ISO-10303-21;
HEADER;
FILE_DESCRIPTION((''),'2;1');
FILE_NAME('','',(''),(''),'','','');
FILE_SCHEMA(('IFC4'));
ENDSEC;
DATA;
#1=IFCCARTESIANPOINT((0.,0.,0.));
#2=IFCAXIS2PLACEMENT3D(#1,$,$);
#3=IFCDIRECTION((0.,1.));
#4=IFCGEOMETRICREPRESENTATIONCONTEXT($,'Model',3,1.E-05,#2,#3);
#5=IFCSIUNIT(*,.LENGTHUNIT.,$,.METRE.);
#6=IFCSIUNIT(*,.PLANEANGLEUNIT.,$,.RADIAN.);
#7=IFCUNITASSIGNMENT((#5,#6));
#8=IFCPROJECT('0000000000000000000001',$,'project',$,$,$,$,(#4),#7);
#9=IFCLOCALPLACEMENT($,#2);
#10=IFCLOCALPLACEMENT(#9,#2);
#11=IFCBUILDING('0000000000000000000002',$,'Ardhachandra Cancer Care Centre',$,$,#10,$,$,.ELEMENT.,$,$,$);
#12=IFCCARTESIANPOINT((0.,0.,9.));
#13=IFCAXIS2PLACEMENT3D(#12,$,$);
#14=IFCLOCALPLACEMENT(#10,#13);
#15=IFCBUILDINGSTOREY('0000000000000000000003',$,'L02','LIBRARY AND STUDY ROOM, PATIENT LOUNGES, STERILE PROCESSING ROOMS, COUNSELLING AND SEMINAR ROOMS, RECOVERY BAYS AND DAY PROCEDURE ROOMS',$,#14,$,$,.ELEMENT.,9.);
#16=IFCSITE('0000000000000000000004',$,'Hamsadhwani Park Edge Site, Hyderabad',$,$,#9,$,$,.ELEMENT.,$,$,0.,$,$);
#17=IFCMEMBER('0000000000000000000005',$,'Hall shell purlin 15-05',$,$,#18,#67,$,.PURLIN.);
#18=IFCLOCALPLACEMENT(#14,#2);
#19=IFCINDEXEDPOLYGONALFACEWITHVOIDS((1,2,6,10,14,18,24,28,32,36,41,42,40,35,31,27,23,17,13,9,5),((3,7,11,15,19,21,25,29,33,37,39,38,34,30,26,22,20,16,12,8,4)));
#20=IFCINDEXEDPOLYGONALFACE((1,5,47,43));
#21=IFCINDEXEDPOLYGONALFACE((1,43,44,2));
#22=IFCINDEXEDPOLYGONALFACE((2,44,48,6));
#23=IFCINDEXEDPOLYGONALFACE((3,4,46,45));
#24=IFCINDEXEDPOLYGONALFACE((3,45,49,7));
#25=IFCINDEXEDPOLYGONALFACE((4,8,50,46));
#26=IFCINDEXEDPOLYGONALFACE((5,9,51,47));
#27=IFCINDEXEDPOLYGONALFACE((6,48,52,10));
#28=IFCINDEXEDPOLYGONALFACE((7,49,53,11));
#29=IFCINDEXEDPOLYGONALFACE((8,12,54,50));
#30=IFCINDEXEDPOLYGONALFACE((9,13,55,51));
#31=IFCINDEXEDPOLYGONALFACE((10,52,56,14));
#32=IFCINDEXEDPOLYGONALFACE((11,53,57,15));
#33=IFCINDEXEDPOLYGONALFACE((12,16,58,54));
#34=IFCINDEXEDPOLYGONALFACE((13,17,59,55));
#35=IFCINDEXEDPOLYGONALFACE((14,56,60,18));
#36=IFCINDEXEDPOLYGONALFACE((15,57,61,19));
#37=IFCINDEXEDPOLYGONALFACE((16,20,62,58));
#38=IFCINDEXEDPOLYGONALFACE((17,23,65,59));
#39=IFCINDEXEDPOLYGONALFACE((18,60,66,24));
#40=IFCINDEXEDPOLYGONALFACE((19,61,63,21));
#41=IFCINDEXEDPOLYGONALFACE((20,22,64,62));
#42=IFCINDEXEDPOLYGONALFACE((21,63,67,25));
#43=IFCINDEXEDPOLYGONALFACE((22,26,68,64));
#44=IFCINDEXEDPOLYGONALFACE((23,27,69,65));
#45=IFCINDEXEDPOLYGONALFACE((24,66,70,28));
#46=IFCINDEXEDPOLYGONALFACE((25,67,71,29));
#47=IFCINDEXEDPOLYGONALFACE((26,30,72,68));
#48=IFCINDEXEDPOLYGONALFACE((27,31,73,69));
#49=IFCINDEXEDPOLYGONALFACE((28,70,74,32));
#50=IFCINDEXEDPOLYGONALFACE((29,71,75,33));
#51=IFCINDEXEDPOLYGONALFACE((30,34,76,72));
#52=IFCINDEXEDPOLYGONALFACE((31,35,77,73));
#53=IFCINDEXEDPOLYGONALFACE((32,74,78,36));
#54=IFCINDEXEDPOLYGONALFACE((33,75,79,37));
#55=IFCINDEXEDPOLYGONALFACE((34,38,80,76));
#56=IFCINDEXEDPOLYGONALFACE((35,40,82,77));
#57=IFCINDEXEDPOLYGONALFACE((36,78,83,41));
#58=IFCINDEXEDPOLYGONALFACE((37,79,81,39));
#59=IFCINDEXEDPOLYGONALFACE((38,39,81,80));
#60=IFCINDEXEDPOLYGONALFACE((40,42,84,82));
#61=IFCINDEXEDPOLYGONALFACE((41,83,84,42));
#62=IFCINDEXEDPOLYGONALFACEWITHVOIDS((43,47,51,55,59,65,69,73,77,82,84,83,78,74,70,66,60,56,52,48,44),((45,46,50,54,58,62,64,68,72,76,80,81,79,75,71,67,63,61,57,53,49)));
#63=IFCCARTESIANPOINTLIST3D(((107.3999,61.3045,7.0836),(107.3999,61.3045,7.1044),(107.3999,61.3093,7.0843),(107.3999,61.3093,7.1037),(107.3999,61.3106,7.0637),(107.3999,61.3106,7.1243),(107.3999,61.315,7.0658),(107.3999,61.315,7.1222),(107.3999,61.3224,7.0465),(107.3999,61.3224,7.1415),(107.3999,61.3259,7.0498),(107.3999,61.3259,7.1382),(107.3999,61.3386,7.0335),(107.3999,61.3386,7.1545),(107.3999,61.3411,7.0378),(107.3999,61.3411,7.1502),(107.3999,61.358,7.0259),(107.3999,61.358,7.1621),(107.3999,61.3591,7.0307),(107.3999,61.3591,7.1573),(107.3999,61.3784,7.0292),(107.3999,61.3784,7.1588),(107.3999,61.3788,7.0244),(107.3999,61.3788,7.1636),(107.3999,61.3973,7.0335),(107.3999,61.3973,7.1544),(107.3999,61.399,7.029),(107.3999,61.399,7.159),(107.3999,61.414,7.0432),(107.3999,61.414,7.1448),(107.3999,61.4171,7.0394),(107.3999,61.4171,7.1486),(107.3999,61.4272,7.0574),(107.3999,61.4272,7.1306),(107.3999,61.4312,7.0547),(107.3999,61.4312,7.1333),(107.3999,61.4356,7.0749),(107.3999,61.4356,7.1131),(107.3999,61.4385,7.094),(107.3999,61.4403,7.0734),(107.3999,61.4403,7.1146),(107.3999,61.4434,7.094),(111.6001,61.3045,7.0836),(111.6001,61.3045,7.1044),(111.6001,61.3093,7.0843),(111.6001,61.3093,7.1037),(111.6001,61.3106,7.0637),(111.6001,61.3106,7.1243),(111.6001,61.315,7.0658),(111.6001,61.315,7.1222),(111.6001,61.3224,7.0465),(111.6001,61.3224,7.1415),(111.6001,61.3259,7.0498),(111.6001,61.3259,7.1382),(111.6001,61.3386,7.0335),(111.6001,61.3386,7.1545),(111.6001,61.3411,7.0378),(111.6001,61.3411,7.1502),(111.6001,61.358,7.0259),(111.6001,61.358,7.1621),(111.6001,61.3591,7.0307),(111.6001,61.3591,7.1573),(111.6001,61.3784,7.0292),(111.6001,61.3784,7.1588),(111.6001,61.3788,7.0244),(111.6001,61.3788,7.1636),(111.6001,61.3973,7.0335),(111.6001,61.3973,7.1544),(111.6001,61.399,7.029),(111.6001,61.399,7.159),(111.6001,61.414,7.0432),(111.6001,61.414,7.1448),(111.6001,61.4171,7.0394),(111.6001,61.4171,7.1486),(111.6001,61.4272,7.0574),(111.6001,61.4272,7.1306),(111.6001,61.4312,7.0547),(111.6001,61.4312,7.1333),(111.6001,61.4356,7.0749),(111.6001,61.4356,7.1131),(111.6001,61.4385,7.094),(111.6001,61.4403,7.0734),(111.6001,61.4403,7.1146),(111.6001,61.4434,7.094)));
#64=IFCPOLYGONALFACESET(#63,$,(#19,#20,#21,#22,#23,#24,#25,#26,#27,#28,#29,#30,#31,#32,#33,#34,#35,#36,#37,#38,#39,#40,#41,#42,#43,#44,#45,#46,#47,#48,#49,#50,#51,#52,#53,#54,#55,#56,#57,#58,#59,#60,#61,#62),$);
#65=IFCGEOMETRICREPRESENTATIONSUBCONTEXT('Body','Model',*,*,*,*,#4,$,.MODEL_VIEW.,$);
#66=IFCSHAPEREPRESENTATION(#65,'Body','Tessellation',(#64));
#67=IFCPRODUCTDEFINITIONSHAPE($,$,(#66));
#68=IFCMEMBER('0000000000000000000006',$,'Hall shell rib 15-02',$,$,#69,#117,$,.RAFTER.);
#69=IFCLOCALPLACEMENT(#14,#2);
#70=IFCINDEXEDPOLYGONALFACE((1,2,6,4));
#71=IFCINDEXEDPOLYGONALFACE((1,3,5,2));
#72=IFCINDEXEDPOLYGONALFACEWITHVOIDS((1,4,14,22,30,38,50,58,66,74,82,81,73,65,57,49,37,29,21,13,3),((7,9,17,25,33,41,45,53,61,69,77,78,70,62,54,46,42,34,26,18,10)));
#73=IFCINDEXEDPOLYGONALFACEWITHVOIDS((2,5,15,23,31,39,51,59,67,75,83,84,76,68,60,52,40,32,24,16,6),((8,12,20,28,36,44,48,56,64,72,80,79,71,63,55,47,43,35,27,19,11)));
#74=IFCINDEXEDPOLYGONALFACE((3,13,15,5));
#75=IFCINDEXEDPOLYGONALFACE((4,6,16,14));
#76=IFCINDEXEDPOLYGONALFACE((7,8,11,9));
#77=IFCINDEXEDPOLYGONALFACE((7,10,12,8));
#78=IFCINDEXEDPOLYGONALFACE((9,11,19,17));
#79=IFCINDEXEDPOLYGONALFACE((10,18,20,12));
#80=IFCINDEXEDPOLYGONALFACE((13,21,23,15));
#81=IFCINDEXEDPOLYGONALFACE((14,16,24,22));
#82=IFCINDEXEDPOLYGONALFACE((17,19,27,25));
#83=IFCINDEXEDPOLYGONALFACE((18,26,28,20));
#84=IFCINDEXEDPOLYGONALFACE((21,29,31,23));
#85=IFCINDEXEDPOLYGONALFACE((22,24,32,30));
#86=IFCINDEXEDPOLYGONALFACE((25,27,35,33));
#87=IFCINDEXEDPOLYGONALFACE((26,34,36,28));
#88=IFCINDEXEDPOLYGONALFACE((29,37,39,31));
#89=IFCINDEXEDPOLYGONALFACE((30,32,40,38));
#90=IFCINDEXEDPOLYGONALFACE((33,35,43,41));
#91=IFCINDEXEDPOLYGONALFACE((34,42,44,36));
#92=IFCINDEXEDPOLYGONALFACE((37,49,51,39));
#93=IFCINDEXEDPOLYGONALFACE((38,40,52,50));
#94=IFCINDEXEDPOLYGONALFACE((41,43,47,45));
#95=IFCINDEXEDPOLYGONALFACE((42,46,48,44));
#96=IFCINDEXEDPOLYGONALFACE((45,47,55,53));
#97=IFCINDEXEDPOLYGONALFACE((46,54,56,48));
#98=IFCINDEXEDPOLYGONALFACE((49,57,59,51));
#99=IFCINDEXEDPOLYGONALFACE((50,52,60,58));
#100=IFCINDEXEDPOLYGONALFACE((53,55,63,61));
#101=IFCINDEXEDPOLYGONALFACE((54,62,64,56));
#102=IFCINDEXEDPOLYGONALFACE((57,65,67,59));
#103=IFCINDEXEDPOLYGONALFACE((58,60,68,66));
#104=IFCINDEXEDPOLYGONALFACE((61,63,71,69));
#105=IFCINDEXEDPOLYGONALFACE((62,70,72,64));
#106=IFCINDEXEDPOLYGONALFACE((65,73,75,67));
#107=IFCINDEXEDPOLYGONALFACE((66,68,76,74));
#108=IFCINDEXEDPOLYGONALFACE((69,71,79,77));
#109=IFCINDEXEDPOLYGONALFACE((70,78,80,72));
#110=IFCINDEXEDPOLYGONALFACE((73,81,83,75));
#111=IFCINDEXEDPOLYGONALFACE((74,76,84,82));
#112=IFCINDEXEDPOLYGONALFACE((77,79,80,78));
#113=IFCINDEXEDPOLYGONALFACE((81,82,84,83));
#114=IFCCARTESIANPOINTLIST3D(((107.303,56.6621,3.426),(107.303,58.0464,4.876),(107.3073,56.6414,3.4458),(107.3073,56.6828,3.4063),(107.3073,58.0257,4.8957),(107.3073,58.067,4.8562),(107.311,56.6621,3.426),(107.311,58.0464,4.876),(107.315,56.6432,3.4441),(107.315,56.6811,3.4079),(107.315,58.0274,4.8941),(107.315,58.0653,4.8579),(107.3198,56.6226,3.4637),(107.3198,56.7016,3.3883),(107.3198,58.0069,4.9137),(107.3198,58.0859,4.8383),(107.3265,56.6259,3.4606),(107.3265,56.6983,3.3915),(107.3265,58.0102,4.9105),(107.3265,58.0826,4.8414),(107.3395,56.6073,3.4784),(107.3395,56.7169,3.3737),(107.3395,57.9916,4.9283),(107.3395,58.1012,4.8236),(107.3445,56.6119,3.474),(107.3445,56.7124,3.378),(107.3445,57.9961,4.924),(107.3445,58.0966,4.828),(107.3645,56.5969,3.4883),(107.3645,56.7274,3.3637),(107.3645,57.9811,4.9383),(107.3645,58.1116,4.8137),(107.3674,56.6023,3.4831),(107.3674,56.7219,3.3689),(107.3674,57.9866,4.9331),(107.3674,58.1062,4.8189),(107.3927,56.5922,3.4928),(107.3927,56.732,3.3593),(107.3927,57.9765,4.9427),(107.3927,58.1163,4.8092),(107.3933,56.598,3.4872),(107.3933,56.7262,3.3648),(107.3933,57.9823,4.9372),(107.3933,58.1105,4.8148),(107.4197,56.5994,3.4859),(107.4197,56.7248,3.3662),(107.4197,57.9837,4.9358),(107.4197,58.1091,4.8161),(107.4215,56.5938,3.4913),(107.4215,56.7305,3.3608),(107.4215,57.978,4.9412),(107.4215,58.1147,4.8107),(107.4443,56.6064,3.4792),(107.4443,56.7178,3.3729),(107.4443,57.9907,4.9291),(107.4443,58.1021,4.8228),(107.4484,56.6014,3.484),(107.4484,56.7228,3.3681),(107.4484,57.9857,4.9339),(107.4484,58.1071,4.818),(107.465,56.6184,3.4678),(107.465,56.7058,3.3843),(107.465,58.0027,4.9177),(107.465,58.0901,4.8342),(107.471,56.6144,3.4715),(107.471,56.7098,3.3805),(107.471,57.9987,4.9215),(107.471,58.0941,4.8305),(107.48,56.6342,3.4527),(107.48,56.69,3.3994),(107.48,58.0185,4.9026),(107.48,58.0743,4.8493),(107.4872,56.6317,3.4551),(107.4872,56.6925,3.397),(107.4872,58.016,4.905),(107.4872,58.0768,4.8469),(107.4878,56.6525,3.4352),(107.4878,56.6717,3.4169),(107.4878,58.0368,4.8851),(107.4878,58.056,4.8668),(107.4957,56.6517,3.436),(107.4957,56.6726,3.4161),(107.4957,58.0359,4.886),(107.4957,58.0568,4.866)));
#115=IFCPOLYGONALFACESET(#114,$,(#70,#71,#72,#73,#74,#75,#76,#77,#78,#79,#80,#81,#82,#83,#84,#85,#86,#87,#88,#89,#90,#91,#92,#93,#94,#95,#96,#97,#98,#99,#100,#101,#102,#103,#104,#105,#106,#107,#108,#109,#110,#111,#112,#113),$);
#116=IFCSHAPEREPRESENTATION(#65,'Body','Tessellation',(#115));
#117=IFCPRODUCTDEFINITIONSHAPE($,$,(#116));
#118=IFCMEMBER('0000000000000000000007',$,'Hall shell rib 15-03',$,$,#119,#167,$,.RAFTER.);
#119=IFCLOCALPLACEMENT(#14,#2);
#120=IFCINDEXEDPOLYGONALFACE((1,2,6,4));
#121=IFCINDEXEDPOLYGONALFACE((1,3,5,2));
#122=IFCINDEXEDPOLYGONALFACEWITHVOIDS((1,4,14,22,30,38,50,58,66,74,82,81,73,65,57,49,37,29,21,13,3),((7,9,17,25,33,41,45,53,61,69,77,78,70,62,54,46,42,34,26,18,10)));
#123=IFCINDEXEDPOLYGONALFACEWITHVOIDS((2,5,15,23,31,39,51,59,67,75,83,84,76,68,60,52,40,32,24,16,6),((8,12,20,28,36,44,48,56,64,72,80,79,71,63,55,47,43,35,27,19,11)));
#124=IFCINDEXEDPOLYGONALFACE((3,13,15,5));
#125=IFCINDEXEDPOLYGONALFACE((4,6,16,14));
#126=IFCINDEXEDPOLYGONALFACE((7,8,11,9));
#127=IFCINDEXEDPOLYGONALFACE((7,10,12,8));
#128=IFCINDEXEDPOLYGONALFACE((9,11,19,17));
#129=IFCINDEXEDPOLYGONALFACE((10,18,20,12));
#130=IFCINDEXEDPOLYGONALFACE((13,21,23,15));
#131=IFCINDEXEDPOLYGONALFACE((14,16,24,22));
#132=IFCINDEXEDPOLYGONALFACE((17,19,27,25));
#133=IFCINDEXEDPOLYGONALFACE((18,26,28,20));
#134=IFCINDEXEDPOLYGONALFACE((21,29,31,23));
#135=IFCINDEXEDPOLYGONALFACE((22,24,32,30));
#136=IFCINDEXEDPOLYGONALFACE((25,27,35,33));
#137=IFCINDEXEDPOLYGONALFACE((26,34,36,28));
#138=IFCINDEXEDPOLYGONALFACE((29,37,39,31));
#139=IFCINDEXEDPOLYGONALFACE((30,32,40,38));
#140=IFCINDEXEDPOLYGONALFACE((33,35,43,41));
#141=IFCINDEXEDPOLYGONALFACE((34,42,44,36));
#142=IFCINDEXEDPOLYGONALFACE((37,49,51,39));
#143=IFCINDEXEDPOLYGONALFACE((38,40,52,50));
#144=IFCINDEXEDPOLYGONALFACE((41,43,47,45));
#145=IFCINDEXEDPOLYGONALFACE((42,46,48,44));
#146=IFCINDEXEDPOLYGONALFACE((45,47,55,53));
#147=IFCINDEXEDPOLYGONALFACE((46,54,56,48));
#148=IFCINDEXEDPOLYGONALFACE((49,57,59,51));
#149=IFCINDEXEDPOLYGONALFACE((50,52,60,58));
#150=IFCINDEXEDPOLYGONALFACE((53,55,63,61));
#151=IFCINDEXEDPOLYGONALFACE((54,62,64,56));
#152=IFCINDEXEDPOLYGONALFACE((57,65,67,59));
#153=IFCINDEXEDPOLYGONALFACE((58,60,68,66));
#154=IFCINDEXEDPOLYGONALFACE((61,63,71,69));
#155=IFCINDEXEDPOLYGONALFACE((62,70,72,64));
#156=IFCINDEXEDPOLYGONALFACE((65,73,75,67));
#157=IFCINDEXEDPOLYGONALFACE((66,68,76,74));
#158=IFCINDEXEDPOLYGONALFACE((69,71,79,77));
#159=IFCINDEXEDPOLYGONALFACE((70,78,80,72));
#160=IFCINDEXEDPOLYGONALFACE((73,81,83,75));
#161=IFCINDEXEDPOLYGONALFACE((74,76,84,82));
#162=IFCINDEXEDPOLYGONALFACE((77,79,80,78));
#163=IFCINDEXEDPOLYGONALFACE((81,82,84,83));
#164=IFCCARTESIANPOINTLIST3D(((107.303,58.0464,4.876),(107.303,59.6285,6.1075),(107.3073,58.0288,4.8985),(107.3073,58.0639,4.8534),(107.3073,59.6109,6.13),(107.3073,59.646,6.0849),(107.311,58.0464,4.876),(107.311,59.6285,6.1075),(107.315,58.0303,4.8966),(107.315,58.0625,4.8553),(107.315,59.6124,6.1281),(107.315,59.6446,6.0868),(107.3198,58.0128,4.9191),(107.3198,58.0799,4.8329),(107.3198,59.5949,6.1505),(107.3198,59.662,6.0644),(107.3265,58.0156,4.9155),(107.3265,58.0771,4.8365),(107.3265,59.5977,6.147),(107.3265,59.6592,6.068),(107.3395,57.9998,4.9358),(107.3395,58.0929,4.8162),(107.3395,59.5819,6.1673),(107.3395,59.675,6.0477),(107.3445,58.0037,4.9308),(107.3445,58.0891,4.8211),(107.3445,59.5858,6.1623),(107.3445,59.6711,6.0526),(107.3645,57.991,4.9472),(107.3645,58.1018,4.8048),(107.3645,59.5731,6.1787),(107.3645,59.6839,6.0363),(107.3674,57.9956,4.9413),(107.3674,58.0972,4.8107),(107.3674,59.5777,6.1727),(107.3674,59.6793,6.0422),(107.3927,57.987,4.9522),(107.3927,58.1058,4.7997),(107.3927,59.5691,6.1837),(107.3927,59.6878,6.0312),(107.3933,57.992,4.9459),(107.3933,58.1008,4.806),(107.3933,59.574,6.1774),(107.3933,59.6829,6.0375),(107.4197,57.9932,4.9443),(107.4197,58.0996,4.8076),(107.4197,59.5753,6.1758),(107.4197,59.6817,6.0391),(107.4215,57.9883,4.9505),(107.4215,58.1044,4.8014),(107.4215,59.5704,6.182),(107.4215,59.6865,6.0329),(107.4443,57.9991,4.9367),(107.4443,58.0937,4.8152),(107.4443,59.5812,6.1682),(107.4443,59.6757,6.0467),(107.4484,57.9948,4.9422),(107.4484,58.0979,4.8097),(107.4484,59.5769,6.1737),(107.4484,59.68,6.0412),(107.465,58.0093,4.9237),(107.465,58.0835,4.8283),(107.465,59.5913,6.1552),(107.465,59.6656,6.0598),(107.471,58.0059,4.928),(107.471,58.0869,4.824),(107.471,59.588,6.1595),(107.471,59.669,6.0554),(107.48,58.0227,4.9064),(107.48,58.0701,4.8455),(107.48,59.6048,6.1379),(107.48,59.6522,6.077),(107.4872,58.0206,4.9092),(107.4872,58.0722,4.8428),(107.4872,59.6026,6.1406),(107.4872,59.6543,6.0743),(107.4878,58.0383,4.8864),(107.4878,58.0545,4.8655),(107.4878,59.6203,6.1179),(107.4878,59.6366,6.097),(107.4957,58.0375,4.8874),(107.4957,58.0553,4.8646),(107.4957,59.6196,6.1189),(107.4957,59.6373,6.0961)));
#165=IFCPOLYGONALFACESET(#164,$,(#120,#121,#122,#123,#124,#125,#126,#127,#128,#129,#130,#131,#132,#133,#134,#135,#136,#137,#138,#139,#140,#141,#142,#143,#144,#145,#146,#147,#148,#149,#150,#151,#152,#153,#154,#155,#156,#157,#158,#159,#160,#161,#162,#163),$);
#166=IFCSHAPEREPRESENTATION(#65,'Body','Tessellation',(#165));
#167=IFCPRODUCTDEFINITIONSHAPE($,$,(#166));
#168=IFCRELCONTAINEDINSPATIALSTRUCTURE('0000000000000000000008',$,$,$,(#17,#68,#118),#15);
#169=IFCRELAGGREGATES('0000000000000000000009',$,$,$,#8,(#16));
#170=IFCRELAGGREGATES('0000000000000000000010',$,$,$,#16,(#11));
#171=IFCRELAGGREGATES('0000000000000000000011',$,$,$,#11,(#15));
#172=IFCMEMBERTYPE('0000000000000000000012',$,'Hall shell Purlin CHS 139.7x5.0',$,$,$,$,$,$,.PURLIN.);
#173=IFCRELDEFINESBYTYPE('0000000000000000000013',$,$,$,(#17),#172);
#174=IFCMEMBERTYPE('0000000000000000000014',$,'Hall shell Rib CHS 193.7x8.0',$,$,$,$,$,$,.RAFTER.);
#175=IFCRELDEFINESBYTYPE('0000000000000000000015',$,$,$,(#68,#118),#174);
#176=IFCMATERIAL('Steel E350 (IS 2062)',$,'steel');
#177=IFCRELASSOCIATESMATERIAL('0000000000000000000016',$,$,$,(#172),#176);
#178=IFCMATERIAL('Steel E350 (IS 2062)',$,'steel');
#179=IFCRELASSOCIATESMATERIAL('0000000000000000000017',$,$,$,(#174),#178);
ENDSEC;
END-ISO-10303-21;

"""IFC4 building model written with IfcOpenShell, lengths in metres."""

from ifc_helpers import new_model, si_unit, direction, frame, origin, origin_2d, place, context, subcontext, project, spatial, hollow_circle, extrude, material, material_profile, profile_set, type_object, element, save


model = new_model("IFC4")

# Units and contexts
model_context = context("Model", 3, precision=1e-05, world=origin(), true_north=direction((0.0, 1.0)))
body_context = subcontext(model_context, "Body", "Model", "MODEL_VIEW")
ifc_project = project(units=[si_unit("LENGTHUNIT", "METRE"), si_unit("PLANEANGLEUNIT", "RADIAN")], contexts=[model_context])

# Site, building, storey
site_placement = place(None, origin())
site = spatial("IfcSite", under=ifc_project, at=site_placement, Name="Hamsadhwani Park Edge Site, Hyderabad", CompositionType="ELEMENT", RefElevation=0.0)
building_placement = place(site_placement, origin())
building = spatial("IfcBuilding", under=site, at=building_placement, Name="Ardhachandra Cancer Care Centre", CompositionType="ELEMENT")
storey_placement = place(building_placement, frame((0.0, 0.0, 9.0)))
storey = spatial("IfcBuildingStorey", under=building, at=storey_placement, Name="L02", Description="LIBRARY AND STUDY ROOM, PATIENT LOUNGES, STERILE PROCESSING ROOMS, COUNSELLING AND SEMINAR ROOMS, RECOVERY BAYS AND DAY PROCEDURE ROOMS", CompositionType="ELEMENT", Elevation=9.0)

# Members
ifc_material_1 = material(Name="Steel E350 (IS 2062)", Category="steel")
ifc_material_profile_1 = material_profile(ifc_material_1, hollow_circle(Radius=0.0698, WallThickness=0.0049, at=origin_2d()), Name="CHS 139.7x5.0")
ifc_profile_set_1 = profile_set([ifc_material_profile_1], Name="Steel E350 (IS 2062)")
member_type_1 = type_object("IfcMemberType", Name="Hall shell Purlin CHS 139.7x5.0", PredefinedType="PURLIN", material=ifc_profile_set_1)
for number, where, z_axis, x_axis, name in (
    (1, (107.3999, 61.3735, 7.094), (1.0, 0.0, 0.0), (0.0, 1.0, 0.0), "Hall shell purlin 15-05"),
):
    element("IfcMember", number, at=place(storey_placement, frame(where, z_axis=z_axis, x_axis=x_axis)), inside=storey, type_object=member_type_1, Name=name, PredefinedType="PURLIN", context=body_context, shape_type="SweptSolid", body=[
        extrude(hollow_circle(Radius=0.0698, WallThickness=0.0049, at=origin_2d()), origin(), (0.0, 0.0, 1.0), 4.2002),
    ])
ifc_material_2 = material(Name="Steel E350 (IS 2062)", Category="steel")
ifc_material_profile_2 = material_profile(ifc_material_2, hollow_circle(Radius=0.0969, WallThickness=0.0081, at=origin_2d()), Name="CHS 193.7x8.0")
ifc_profile_set_2 = profile_set([ifc_material_profile_2], Name="Steel E350 (IS 2062)")
member_type_2 = type_object("IfcMemberType", Name="Hall shell Rib CHS 193.7x8.0", PredefinedType="RAFTER", material=ifc_profile_set_2)
member_1_placement = place(storey_placement, frame((107.3999, 56.6621, 3.426), z_axis=(0.0, 0.690537, 0.723297), x_axis=(-1.0, 0.0, 0.0)))
element("IfcMember", 2, at=member_1_placement, inside=storey, type_object=member_type_2, Name="Hall shell rib 15-02", PredefinedType="RAFTER", context=body_context, shape_type="SweptSolid", body=[
    extrude(hollow_circle(Radius=0.0969, WallThickness=0.0081, at=origin_2d()), origin(), (0.0, 0.0, 1.0), 2.0046),
])
member_2_placement = place(storey_placement, frame((107.3999, 58.0464, 4.876), z_axis=(0.0, 0.789116, 0.614244), x_axis=(-1.0, 0.0, 0.0)))
element("IfcMember", 3, at=member_2_placement, inside=storey, type_object=member_type_2, Name="Hall shell rib 15-03", PredefinedType="RAFTER", context=body_context, shape_type="SweptSolid", body=[
    extrude(hollow_circle(Radius=0.0969, WallThickness=0.0081, at=origin_2d()), origin(), (0.0, 0.0, 1.0), 2.0049),
])

save(model, "model.ifc")
